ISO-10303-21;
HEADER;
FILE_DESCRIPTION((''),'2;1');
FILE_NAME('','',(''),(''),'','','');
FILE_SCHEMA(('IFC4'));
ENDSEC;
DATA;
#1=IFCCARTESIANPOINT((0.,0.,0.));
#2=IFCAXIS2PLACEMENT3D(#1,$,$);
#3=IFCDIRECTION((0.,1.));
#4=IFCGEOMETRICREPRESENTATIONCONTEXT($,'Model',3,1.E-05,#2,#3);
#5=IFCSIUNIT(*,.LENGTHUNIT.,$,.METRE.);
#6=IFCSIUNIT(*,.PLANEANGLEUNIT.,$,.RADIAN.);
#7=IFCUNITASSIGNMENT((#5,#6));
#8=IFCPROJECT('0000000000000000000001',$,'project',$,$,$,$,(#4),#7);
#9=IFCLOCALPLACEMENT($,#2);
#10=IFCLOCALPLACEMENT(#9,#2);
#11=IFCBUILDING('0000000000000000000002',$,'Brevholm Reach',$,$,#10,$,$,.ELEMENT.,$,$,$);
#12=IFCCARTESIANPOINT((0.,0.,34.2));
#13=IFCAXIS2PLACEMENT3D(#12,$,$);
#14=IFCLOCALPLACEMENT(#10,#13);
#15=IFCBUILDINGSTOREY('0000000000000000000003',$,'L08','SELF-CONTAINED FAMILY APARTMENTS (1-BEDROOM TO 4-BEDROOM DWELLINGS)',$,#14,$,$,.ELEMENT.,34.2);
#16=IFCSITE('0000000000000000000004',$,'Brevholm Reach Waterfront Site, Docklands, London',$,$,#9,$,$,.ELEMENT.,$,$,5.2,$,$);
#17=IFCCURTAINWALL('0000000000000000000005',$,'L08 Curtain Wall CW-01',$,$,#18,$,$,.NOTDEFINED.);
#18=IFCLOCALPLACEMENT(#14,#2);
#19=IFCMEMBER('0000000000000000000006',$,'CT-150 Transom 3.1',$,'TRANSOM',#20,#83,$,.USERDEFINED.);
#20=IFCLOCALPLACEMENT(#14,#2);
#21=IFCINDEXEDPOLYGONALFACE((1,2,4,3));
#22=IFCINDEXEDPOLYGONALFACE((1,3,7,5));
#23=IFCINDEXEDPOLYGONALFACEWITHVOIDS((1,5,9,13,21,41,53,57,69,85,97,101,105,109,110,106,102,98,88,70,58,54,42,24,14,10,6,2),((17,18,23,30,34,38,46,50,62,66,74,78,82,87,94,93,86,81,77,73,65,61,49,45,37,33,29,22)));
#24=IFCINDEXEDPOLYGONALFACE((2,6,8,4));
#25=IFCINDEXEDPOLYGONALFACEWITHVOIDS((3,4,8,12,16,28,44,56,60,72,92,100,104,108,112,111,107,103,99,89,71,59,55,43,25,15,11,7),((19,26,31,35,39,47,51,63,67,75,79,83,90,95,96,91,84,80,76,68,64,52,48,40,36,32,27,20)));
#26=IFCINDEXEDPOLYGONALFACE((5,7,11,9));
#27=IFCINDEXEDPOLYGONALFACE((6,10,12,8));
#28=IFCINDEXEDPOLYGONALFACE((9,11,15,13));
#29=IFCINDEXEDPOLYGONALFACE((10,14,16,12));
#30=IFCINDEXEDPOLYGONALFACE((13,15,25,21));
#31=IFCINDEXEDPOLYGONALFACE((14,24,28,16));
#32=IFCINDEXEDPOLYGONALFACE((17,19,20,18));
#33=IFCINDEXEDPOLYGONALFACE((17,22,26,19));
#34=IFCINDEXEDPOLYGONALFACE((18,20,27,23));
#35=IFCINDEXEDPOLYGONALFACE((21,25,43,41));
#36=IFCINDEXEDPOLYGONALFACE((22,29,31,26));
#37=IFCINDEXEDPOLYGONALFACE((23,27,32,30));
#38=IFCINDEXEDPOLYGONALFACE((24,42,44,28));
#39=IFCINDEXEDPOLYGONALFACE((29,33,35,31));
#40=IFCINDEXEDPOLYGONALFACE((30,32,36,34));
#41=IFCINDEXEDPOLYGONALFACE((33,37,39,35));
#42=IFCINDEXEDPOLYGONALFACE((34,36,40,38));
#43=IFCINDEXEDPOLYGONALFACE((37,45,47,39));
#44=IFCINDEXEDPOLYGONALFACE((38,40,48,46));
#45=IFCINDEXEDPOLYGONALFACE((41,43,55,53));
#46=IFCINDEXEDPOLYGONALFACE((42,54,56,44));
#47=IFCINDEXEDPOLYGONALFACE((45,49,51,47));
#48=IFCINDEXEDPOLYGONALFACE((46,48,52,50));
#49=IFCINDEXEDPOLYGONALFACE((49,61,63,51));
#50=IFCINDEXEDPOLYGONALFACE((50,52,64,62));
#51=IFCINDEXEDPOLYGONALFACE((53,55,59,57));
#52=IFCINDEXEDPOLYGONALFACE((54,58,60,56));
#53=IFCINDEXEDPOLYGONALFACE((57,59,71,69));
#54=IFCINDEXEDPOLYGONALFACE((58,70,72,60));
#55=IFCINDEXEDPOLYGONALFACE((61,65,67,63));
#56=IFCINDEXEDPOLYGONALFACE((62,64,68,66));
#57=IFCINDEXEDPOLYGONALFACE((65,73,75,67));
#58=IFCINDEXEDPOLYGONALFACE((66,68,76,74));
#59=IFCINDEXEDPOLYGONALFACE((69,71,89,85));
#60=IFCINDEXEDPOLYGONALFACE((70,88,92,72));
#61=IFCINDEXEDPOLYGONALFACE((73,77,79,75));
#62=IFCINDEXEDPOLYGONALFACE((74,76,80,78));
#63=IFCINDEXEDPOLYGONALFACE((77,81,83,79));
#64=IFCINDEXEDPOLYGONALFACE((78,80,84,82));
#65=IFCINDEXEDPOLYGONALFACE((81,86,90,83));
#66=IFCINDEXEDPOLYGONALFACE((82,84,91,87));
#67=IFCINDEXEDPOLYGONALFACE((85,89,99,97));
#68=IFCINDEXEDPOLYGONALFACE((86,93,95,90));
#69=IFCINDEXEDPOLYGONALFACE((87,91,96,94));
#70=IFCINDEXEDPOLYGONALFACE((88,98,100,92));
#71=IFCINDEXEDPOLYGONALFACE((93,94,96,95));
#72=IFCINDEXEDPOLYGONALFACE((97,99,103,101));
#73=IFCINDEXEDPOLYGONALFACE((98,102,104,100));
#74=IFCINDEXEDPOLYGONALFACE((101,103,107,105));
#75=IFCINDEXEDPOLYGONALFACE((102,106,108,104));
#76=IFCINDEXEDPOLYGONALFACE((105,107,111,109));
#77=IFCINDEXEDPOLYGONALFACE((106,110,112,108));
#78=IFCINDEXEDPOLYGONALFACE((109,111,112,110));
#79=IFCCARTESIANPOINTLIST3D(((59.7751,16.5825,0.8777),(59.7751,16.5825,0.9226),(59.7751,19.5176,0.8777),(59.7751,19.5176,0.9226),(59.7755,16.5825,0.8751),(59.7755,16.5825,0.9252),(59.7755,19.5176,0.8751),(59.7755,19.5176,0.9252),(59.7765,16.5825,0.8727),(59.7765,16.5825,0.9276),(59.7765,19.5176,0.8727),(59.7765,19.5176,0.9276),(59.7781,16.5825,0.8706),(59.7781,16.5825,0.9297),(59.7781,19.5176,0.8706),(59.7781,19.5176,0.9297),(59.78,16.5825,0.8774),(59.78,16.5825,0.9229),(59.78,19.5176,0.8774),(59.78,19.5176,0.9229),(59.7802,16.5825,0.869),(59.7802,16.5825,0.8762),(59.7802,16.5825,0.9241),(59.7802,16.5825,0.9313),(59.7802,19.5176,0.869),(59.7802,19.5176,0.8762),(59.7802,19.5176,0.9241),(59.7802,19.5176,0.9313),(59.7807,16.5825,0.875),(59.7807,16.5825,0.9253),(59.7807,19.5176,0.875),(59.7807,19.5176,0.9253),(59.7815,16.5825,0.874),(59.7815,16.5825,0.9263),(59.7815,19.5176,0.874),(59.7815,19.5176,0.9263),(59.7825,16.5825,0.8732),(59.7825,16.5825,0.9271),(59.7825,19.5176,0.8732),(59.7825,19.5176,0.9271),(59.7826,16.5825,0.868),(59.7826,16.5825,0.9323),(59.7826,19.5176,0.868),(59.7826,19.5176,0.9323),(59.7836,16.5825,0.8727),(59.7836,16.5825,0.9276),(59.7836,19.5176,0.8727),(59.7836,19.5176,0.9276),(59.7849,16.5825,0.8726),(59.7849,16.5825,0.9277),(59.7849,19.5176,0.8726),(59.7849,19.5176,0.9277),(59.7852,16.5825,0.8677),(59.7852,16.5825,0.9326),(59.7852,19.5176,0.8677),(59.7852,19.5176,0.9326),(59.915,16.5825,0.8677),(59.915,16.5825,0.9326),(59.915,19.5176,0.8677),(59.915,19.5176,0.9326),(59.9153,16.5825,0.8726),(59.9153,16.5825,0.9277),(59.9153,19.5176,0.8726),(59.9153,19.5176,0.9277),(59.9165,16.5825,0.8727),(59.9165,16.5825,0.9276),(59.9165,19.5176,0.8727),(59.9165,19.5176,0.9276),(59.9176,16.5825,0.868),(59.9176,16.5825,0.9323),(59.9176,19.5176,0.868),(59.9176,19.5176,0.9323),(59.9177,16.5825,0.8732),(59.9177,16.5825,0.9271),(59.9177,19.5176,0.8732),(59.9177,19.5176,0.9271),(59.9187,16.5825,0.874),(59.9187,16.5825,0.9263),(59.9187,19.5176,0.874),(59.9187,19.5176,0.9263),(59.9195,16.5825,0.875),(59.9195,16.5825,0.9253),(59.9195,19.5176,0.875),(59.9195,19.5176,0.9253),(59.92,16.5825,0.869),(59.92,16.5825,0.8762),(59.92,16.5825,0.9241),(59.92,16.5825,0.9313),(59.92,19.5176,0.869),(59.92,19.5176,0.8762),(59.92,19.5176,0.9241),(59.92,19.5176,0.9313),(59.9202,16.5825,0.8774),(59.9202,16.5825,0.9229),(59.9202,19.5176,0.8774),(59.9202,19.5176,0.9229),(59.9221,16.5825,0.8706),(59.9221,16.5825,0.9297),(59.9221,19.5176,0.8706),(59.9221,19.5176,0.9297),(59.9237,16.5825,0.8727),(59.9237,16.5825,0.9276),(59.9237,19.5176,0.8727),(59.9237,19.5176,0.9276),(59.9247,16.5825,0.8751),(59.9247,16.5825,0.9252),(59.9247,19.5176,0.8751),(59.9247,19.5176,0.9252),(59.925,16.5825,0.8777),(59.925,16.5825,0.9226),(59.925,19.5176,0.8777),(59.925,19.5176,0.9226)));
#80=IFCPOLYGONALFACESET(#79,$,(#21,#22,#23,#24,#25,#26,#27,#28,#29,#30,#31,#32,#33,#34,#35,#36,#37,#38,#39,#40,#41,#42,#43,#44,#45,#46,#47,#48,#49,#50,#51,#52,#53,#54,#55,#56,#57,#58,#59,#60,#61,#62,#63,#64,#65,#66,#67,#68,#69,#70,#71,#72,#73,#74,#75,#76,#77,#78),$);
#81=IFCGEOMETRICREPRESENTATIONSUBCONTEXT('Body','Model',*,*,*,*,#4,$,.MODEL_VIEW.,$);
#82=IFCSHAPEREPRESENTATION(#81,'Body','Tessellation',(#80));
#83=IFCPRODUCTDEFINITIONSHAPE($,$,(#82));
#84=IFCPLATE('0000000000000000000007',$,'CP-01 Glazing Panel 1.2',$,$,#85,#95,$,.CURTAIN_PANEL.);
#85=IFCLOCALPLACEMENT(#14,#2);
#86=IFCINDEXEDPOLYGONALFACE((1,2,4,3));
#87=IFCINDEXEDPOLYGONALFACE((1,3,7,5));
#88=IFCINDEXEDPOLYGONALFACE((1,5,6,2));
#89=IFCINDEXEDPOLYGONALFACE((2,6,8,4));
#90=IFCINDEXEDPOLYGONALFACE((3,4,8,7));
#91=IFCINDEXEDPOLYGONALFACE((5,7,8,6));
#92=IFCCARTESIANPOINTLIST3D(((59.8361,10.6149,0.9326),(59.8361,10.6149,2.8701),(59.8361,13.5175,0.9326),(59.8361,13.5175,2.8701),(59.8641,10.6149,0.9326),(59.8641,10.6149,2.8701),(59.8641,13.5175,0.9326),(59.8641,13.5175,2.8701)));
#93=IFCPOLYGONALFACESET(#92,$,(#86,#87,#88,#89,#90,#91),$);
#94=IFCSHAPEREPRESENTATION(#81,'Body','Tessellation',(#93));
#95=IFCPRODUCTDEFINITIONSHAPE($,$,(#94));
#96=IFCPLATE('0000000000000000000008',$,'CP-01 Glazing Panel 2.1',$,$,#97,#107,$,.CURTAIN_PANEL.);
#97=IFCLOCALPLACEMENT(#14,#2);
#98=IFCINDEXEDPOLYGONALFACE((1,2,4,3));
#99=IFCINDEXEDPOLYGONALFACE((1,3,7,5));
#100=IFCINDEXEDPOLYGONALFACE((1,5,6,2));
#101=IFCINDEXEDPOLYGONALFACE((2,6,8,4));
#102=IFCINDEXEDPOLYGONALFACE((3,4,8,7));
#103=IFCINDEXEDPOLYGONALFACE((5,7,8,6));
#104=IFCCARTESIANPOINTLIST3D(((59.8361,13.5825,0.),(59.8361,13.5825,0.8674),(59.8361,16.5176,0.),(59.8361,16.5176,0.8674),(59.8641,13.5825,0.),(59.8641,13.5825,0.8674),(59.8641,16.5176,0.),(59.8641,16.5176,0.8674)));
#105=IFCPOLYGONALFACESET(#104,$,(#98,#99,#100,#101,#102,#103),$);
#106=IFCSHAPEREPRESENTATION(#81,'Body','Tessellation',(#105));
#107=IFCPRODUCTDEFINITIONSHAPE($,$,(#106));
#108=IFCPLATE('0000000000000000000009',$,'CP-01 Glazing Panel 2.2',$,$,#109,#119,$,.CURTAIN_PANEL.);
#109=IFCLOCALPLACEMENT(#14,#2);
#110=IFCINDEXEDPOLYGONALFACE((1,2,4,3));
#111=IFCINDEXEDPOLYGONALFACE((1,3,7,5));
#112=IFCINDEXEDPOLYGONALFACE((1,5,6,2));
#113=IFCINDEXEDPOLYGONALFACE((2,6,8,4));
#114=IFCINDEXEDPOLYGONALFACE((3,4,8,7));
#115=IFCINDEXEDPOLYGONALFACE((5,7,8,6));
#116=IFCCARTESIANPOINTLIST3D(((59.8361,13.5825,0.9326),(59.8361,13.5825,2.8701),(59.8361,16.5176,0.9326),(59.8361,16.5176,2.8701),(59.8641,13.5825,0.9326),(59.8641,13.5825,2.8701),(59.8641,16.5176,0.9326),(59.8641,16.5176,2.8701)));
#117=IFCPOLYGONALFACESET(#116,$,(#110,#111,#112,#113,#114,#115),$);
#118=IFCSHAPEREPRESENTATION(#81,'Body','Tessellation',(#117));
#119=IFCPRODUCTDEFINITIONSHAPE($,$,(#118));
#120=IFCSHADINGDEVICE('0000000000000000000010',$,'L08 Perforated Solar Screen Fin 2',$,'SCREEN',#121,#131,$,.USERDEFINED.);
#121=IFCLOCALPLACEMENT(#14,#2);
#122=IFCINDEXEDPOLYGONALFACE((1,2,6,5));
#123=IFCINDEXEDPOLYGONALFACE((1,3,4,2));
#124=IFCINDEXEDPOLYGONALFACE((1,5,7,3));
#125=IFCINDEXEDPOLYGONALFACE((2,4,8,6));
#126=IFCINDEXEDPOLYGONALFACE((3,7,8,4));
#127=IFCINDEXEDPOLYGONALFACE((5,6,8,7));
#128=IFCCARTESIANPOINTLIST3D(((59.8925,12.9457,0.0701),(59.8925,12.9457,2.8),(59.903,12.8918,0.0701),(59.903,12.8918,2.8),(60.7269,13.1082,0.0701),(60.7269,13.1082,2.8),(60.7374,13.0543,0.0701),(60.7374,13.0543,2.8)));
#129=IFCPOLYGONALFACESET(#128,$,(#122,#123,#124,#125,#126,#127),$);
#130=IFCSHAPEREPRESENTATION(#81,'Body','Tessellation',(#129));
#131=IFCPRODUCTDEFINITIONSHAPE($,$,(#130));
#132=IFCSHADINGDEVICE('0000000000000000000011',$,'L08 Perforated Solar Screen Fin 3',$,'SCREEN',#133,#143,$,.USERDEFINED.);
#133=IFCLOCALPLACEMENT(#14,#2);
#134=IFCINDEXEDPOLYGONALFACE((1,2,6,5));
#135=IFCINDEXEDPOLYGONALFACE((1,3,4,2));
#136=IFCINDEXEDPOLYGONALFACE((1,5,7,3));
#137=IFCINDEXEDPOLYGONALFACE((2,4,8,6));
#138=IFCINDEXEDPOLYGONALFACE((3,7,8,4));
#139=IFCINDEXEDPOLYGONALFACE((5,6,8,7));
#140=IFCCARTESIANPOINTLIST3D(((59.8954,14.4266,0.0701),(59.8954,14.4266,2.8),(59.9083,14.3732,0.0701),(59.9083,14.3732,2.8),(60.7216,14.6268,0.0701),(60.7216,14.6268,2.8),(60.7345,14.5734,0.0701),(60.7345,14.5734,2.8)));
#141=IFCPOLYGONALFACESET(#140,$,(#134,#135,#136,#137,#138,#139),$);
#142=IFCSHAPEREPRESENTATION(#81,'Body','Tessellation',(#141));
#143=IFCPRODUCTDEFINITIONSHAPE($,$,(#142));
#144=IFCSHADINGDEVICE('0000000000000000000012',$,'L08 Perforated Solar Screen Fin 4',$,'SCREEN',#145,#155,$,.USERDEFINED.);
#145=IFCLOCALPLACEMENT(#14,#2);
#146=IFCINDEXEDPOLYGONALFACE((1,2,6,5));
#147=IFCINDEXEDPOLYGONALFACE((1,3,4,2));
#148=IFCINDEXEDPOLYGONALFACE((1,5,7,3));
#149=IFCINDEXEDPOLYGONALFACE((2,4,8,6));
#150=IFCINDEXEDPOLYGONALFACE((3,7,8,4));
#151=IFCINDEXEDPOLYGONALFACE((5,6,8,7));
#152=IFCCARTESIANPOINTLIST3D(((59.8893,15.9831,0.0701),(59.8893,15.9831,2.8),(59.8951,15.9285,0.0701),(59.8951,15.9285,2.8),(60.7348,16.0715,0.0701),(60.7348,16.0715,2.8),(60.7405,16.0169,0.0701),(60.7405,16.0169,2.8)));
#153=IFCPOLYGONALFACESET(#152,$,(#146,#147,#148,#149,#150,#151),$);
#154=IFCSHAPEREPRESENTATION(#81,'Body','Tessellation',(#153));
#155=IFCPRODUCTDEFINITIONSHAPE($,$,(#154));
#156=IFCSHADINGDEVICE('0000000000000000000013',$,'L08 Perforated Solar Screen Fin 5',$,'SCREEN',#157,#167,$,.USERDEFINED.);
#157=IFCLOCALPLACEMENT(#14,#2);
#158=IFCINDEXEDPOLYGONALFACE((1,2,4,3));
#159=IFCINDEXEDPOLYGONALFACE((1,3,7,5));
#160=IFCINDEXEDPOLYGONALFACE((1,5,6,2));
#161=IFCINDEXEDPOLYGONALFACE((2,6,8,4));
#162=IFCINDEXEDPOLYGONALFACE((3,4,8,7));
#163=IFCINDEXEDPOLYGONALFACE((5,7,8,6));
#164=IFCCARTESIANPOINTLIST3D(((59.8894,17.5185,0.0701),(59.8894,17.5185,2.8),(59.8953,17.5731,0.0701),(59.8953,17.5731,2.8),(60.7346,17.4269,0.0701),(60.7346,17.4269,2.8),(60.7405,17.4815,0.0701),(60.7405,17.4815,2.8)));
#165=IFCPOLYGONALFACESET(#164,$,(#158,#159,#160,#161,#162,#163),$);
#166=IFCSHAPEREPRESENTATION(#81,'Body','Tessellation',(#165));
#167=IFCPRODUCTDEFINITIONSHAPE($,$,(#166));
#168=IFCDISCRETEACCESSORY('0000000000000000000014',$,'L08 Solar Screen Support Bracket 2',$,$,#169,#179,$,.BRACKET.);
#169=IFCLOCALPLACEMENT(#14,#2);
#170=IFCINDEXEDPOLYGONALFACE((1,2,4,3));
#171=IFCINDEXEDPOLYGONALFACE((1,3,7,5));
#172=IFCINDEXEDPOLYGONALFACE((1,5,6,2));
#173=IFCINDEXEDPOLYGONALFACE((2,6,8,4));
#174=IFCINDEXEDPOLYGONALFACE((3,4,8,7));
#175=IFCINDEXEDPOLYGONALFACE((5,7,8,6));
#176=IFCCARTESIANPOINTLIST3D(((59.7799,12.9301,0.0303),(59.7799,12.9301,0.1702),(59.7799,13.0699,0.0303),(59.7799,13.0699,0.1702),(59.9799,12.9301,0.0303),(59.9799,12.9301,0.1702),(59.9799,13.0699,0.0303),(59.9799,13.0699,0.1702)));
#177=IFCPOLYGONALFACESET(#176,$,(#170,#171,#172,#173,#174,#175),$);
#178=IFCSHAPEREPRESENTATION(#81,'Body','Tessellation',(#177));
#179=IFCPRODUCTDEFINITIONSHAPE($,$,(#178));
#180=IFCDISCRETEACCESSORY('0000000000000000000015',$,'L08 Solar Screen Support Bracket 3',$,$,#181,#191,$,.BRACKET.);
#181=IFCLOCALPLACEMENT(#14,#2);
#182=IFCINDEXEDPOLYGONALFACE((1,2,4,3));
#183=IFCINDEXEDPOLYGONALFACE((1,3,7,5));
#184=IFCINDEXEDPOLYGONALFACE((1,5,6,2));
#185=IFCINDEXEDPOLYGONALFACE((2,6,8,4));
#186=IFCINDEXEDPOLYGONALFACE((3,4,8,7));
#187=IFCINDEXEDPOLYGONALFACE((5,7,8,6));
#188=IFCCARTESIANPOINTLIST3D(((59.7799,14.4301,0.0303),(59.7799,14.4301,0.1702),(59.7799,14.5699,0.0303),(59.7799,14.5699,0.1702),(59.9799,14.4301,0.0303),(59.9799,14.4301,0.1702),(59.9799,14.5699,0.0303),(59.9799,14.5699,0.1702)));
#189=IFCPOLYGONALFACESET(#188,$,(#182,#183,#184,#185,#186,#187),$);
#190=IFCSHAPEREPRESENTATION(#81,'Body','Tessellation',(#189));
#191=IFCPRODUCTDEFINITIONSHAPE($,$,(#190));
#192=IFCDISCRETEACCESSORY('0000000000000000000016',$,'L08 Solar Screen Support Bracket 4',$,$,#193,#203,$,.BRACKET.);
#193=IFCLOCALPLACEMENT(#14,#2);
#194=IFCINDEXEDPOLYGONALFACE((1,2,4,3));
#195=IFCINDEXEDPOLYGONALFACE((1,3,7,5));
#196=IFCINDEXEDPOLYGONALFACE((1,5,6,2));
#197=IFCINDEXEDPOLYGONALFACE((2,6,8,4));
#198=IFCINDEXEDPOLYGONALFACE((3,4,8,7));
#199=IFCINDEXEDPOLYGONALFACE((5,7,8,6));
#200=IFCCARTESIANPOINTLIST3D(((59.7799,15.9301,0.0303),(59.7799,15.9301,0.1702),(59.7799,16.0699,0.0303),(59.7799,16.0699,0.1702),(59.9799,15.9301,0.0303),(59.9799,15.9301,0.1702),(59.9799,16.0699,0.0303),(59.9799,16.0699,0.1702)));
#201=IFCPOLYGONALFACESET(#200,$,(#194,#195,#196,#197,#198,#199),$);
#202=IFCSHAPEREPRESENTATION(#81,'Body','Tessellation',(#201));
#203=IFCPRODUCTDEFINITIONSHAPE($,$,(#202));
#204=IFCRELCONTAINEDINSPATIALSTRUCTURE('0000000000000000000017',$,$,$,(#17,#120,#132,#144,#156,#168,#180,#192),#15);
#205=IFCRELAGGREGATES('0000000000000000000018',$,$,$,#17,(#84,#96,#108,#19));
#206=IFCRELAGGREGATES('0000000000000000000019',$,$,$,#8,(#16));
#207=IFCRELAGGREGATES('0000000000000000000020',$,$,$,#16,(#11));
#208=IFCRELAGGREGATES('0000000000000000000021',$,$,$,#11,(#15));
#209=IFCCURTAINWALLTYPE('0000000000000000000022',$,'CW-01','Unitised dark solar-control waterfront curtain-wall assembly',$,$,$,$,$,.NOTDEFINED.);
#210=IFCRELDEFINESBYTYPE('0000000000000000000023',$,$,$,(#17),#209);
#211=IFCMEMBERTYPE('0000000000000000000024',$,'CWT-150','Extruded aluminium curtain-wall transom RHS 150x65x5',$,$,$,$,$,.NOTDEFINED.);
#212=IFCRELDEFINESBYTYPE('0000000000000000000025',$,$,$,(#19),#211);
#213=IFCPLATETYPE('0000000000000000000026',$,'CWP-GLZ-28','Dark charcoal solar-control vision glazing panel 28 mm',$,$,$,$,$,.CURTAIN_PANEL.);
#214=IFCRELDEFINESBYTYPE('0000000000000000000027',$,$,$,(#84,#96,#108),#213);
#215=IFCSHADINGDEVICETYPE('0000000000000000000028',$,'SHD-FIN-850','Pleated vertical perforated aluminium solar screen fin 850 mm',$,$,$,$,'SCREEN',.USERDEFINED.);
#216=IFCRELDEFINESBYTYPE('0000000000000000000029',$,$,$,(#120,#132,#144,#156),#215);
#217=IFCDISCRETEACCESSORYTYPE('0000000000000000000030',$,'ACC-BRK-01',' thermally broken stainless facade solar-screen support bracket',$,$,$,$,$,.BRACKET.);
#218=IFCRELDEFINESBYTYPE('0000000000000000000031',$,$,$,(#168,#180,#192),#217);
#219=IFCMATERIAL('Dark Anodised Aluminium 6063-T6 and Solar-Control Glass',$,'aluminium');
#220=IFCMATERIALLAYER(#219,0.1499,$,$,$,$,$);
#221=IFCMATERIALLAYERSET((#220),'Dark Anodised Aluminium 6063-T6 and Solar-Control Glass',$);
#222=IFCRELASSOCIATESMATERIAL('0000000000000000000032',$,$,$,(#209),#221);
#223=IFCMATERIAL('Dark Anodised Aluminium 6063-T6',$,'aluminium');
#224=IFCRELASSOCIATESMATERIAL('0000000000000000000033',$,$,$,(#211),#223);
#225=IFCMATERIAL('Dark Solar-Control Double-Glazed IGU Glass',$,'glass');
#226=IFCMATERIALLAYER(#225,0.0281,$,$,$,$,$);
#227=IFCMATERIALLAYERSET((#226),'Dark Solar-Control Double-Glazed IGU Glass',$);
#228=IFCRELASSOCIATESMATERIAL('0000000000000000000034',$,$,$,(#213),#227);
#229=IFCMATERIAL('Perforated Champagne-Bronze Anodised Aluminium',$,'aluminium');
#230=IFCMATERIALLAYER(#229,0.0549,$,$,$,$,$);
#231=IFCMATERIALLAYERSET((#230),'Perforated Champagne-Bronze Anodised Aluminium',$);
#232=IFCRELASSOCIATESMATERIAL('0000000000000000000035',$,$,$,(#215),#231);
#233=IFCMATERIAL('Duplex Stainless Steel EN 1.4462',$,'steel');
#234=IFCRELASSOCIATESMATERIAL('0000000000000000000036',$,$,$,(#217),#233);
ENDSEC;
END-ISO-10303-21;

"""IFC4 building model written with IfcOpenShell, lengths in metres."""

from ifc_helpers import new_model, si_unit, direction, frame, origin, origin_2d, place, context, subcontext, project, spatial, rectangle, hollow_rectangle, extrude, material, layer, layer_set, material_profile, profile_set, type_object, element, aggregate, save


model = new_model("IFC4")

# Units and contexts
model_context = context("Model", 3, precision=1e-05, world=origin(), true_north=direction((0.0, 1.0)))
body_context = subcontext(model_context, "Body", "Model", "MODEL_VIEW")
ifc_project = project(units=[si_unit("LENGTHUNIT", "METRE"), si_unit("PLANEANGLEUNIT", "RADIAN")], contexts=[model_context])

# Site, building, storey
site_placement = place(None, origin())
site = spatial("IfcSite", under=ifc_project, at=site_placement, Name="Brevholm Reach Waterfront Site, Docklands, London", CompositionType="ELEMENT", RefElevation=5.2)
building_placement = place(site_placement, origin())
building = spatial("IfcBuilding", under=site, at=building_placement, Name="Brevholm Reach", CompositionType="ELEMENT")
storey_placement = place(building_placement, frame((0.0, 0.0, 34.2)))
storey = spatial("IfcBuildingStorey", under=building, at=storey_placement, Name="L08", Description="SELF-CONTAINED FAMILY APARTMENTS (1-BEDROOM TO 4-BEDROOM DWELLINGS)", CompositionType="ELEMENT", Elevation=34.2)

# Curtain wall, member, plates
ifc_material_1 = material(Name="Dark Anodised Aluminium 6063-T6 and Solar-Control Glass", Category="aluminium")
ifc_layer_1 = layer(ifc_material_1, 0.1499)
ifc_layer_set_1 = layer_set([ifc_layer_1], Name="Dark Anodised Aluminium 6063-T6 and Solar-Control Glass")
curtain_wall_type = type_object("IfcCurtainWallType", Name="CW-01", Description="Unitised dark solar-control waterfront curtain-wall assembly", PredefinedType="NOTDEFINED", material=ifc_layer_set_1)
curtain_wall_placement = place(storey_placement, origin())
curtain_wall = element("IfcCurtainWall", 1, at=curtain_wall_placement, inside=storey, type_object=curtain_wall_type, Name="L08 Curtain Wall CW-01", PredefinedType="NOTDEFINED")
ifc_material_2 = material(Name="Dark Anodised Aluminium 6063-T6", Category="aluminium")
ifc_material_profile_1 = material_profile(ifc_material_2, hollow_rectangle(XDim=0.0649, YDim=0.1499, WallThickness=0.0049, InnerFilletRadius=0.0049, OuterFilletRadius=0.01, at=origin_2d()), Name="RHS 150x65x5")
ifc_profile_set_1 = profile_set([ifc_material_profile_1], Name="Dark Anodised Aluminium 6063-T6")
member_type_1 = type_object("IfcMemberType", Name="CWT-150", Description="Extruded aluminium curtain-wall transom RHS 150x65x5", PredefinedType="NOTDEFINED", material=ifc_profile_set_1)
member_1_placement = place(storey_placement, frame((59.8501, 16.5825, 0.9001), z_axis=(0.0, 1.0, 0.0), x_axis=(0.0, 0.0, 1.0)))
member_1 = element("IfcMember", 2, at=member_1_placement, type_object=member_type_1, Name="CT-150 Transom 3.1", ObjectType="TRANSOM", PredefinedType="USERDEFINED", context=body_context, shape_type="SweptSolid", body=[
    extrude(hollow_rectangle(XDim=0.0649, YDim=0.1499, WallThickness=0.0049, InnerFilletRadius=0.0049, OuterFilletRadius=0.01, at=origin_2d()), origin(), (0.0, 0.0, 1.0), 2.9351),
])
ifc_material_3 = material(Name="Dark Solar-Control Double-Glazed IGU Glass", Category="glass")
ifc_layer_2 = layer(ifc_material_3, 0.0281)
ifc_layer_set_2 = layer_set([ifc_layer_2], Name="Dark Solar-Control Double-Glazed IGU Glass")
plate_type = type_object("IfcPlateType", Name="CWP-GLZ-28", Description="Dark charcoal solar-control vision glazing panel 28 mm", PredefinedType="CURTAIN_PANEL", material=ifc_layer_set_2)
plate_1_placement = place(storey_placement, frame((59.8501, 12.0662, 0.9326), z_axis=(0.0, 0.0, 1.0), x_axis=(0.0, 1.0, 0.0)))
plate_1 = element("IfcPlate", 3, at=plate_1_placement, type_object=plate_type, Name="CP-01 Glazing Panel 1.2", PredefinedType="CURTAIN_PANEL", context=body_context, shape_type="SweptSolid", body=[
    extrude(rectangle(XDim=2.9026, YDim=0.0281, at=origin_2d()), origin(), (0.0, 0.0, 1.0), 1.9375),
])
plate_2_placement = place(storey_placement, frame((59.8501, 15.05, 0.0), z_axis=(0.0, 0.0, 1.0), x_axis=(0.0, 1.0, 0.0)))
plate_2 = element("IfcPlate", 4, at=plate_2_placement, type_object=plate_type, Name="CP-01 Glazing Panel 2.1", PredefinedType="CURTAIN_PANEL", context=body_context, shape_type="SweptSolid", body=[
    extrude(rectangle(XDim=2.9351, YDim=0.0281, at=origin_2d()), origin(), (0.0, 0.0, 1.0), 0.8674),
])
plate_3_placement = place(storey_placement, frame((59.8501, 15.05, 0.9326), z_axis=(0.0, 0.0, 1.0), x_axis=(0.0, 1.0, 0.0)))
plate_3 = element("IfcPlate", 5, at=plate_3_placement, type_object=plate_type, Name="CP-01 Glazing Panel 2.2", PredefinedType="CURTAIN_PANEL", context=body_context, shape_type="SweptSolid", body=[
    extrude(rectangle(XDim=2.9351, YDim=0.0281, at=origin_2d()), origin(), (0.0, 0.0, 1.0), 1.9375),
])
aggregate(curtain_wall, [plate_1, plate_2, plate_3, member_1])

# Shading devices
ifc_material_4 = material(Name="Perforated Champagne-Bronze Anodised Aluminium", Category="aluminium")
ifc_layer_3 = layer(ifc_material_4, 0.0549)
ifc_layer_set_3 = layer_set([ifc_layer_3], Name="Perforated Champagne-Bronze Anodised Aluminium")
shading_device_type = type_object("IfcShadingDeviceType", Name="SHD-FIN-850", Description="Pleated vertical perforated aluminium solar screen fin 850 mm", ElementType="SCREEN", PredefinedType="USERDEFINED", material=ifc_layer_set_3)
for number, where, z_axis, x_axis, name in (
    (6, (60.3149, 13.0, 0.0701), (0.0, 0.0, 1.0), (0.981564, 0.191135, 0.0), "L08 Perforated Solar Screen Fin 2"),
    (7, (60.3149, 14.5, 0.0701), (0.0, 0.0, 1.0), (0.971871, 0.235515, 0.0), "L08 Perforated Solar Screen Fin 3"),
    (8, (60.3149, 16.0, 0.0701), (0.0, 0.0, 1.0), (0.99458, 0.103973, 0.0), "L08 Perforated Solar Screen Fin 4"),
    (9, (60.3149, 17.5, 0.0701), (0.0, 0.0, 1.0), (0.994189, -0.107652, 0.0), "L08 Perforated Solar Screen Fin 5"),
):
    element("IfcShadingDevice", number, at=place(storey_placement, frame(where, z_axis=z_axis, x_axis=x_axis)), inside=storey, type_object=shading_device_type, Name=name, ObjectType="SCREEN", PredefinedType="USERDEFINED", context=body_context, shape_type="SweptSolid", body=[
        extrude(rectangle(XDim=0.8501, YDim=0.0549, at=origin_2d()), origin(), (0.0, 0.0, 1.0), 2.73),
    ])

# Discrete accessories
ifc_material_5 = material(Name="Duplex Stainless Steel EN 1.4462", Category="steel")
discrete_accessory_type = type_object("IfcDiscreteAccessoryType", Name="ACC-BRK-01", Description=" thermally broken stainless facade solar-screen support bracket", PredefinedType="BRACKET", material=ifc_material_5)
for number, where, z_axis, x_axis, name in (
    (10, (59.8799, 13.0, 0.0303), (0.0, 0.0, 1.0), (1.0, 0.0, 0.0), "L08 Solar Screen Support Bracket 2"),
    (11, (59.8799, 14.5, 0.0303), (0.0, 0.0, 1.0), (1.0, 0.0, 0.0), "L08 Solar Screen Support Bracket 3"),
    (12, (59.8799, 16.0, 0.0303), (0.0, 0.0, 1.0), (1.0, 0.0, 0.0), "L08 Solar Screen Support Bracket 4"),
):
    element("IfcDiscreteAccessory", number, at=place(storey_placement, frame(where, z_axis=z_axis, x_axis=x_axis)), inside=storey, type_object=discrete_accessory_type, Name=name, PredefinedType="BRACKET", context=body_context, shape_type="SweptSolid", body=[
        extrude(rectangle(XDim=0.2, YDim=0.1399, at=origin_2d()), origin(), (0.0, 0.0, 1.0), 0.1399),
    ])

save(model, "model.ifc")
